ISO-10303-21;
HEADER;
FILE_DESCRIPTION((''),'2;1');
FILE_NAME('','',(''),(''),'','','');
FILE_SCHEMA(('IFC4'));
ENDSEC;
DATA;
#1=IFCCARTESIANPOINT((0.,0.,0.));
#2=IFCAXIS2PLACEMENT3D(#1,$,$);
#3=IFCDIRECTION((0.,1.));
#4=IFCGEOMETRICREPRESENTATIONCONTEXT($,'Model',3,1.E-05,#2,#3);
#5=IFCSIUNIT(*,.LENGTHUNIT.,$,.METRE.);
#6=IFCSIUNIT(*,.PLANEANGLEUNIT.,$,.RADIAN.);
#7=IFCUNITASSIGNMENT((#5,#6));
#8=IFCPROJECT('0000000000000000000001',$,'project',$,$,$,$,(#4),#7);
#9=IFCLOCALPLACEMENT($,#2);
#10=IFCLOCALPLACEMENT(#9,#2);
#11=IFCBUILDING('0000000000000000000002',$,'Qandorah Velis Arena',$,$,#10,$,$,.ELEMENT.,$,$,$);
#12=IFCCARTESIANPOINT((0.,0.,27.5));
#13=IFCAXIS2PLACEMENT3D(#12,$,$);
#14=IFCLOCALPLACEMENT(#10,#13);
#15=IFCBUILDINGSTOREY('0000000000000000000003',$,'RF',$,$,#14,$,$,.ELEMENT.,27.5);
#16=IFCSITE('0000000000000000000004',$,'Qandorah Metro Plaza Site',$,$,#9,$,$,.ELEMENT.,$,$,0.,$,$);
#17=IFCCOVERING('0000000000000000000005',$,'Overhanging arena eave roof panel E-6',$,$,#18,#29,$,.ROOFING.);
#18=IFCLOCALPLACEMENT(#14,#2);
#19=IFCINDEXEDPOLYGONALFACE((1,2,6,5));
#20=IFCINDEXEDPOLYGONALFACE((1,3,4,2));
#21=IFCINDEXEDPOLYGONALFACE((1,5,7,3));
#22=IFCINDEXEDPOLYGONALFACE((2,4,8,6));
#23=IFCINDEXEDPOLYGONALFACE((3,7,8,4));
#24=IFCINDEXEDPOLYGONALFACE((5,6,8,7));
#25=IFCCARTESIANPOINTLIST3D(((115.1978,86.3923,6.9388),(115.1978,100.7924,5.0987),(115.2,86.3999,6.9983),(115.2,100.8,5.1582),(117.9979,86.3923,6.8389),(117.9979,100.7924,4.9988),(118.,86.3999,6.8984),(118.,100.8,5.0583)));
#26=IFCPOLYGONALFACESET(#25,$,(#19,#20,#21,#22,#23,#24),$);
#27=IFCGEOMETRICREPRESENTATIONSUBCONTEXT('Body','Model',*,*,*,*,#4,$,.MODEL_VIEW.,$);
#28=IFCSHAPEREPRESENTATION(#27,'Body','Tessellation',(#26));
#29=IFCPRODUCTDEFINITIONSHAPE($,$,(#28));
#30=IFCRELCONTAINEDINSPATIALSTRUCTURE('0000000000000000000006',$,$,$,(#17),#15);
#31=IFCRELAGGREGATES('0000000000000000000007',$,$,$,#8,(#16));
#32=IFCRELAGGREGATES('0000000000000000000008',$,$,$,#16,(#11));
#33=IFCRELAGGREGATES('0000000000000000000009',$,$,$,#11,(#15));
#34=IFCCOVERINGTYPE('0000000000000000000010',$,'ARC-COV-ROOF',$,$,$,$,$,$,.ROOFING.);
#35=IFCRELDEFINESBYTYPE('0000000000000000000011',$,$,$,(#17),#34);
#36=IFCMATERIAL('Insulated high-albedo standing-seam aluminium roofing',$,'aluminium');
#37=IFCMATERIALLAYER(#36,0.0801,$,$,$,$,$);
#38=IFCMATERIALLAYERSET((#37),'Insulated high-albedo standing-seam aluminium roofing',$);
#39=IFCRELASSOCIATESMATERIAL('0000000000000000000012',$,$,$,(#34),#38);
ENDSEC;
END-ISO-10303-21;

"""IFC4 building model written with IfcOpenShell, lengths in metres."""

from ifc_helpers import new_model, si_unit, direction, frame, origin, place, context, subcontext, project, spatial, polyline, outline, extrude, material, layer, layer_set, type_object, element, save


model = new_model("IFC4")

# Units and contexts
model_context = context("Model", 3, precision=1e-05, world=origin(), true_north=direction((0.0, 1.0)))
body_context = subcontext(model_context, "Body", "Model", "MODEL_VIEW")
ifc_project = project(units=[si_unit("LENGTHUNIT", "METRE"), si_unit("PLANEANGLEUNIT", "RADIAN")], contexts=[model_context])

# Site, building, storey
site_placement = place(None, origin())
site = spatial("IfcSite", under=ifc_project, at=site_placement, Name="Qandorah Metro Plaza Site", CompositionType="ELEMENT", RefElevation=0.0)
building_placement = place(site_placement, origin())
building = spatial("IfcBuilding", under=site, at=building_placement, Name="Qandorah Velis Arena", CompositionType="ELEMENT")
storey_placement = place(building_placement, frame((0.0, 0.0, 27.5)))
storey = spatial("IfcBuildingStorey", under=building, at=storey_placement, Name="RF", CompositionType="ELEMENT", Elevation=27.5)

# Covering
ifc_material_1 = material(Name="Insulated high-albedo standing-seam aluminium roofing", Category="aluminium")
ifc_layer_1 = layer(ifc_material_1, 0.0801)
ifc_layer_set_1 = layer_set([ifc_layer_1], Name="Insulated high-albedo standing-seam aluminium roofing")
covering_type_1 = type_object("IfcCoveringType", Name="ARC-COV-ROOF", PredefinedType="ROOFING", material=ifc_layer_set_1)
covering_1_placement = place(storey_placement, frame((115.2, 86.3999, 6.9983), z_axis=(0.035352, 0.126673, 0.991314), x_axis=(0.999365, 0.0, -0.035639)))
element("IfcCovering", 1, at=covering_1_placement, inside=storey, type_object=covering_type_1, Name="Overhanging arena eave roof panel E-6", PredefinedType="ROOFING", context=body_context, shape_type="SweptSolid", body=[
    extrude(outline(polyline([(0.0, 0.0), (2.8018, 0.0), (2.8674, 14.5171), (0.0656, 14.5171), (0.0, 0.0)])), origin(), (0.0, 0.0, -1.0), 0.0601),
])

save(model, "model.ifc")
